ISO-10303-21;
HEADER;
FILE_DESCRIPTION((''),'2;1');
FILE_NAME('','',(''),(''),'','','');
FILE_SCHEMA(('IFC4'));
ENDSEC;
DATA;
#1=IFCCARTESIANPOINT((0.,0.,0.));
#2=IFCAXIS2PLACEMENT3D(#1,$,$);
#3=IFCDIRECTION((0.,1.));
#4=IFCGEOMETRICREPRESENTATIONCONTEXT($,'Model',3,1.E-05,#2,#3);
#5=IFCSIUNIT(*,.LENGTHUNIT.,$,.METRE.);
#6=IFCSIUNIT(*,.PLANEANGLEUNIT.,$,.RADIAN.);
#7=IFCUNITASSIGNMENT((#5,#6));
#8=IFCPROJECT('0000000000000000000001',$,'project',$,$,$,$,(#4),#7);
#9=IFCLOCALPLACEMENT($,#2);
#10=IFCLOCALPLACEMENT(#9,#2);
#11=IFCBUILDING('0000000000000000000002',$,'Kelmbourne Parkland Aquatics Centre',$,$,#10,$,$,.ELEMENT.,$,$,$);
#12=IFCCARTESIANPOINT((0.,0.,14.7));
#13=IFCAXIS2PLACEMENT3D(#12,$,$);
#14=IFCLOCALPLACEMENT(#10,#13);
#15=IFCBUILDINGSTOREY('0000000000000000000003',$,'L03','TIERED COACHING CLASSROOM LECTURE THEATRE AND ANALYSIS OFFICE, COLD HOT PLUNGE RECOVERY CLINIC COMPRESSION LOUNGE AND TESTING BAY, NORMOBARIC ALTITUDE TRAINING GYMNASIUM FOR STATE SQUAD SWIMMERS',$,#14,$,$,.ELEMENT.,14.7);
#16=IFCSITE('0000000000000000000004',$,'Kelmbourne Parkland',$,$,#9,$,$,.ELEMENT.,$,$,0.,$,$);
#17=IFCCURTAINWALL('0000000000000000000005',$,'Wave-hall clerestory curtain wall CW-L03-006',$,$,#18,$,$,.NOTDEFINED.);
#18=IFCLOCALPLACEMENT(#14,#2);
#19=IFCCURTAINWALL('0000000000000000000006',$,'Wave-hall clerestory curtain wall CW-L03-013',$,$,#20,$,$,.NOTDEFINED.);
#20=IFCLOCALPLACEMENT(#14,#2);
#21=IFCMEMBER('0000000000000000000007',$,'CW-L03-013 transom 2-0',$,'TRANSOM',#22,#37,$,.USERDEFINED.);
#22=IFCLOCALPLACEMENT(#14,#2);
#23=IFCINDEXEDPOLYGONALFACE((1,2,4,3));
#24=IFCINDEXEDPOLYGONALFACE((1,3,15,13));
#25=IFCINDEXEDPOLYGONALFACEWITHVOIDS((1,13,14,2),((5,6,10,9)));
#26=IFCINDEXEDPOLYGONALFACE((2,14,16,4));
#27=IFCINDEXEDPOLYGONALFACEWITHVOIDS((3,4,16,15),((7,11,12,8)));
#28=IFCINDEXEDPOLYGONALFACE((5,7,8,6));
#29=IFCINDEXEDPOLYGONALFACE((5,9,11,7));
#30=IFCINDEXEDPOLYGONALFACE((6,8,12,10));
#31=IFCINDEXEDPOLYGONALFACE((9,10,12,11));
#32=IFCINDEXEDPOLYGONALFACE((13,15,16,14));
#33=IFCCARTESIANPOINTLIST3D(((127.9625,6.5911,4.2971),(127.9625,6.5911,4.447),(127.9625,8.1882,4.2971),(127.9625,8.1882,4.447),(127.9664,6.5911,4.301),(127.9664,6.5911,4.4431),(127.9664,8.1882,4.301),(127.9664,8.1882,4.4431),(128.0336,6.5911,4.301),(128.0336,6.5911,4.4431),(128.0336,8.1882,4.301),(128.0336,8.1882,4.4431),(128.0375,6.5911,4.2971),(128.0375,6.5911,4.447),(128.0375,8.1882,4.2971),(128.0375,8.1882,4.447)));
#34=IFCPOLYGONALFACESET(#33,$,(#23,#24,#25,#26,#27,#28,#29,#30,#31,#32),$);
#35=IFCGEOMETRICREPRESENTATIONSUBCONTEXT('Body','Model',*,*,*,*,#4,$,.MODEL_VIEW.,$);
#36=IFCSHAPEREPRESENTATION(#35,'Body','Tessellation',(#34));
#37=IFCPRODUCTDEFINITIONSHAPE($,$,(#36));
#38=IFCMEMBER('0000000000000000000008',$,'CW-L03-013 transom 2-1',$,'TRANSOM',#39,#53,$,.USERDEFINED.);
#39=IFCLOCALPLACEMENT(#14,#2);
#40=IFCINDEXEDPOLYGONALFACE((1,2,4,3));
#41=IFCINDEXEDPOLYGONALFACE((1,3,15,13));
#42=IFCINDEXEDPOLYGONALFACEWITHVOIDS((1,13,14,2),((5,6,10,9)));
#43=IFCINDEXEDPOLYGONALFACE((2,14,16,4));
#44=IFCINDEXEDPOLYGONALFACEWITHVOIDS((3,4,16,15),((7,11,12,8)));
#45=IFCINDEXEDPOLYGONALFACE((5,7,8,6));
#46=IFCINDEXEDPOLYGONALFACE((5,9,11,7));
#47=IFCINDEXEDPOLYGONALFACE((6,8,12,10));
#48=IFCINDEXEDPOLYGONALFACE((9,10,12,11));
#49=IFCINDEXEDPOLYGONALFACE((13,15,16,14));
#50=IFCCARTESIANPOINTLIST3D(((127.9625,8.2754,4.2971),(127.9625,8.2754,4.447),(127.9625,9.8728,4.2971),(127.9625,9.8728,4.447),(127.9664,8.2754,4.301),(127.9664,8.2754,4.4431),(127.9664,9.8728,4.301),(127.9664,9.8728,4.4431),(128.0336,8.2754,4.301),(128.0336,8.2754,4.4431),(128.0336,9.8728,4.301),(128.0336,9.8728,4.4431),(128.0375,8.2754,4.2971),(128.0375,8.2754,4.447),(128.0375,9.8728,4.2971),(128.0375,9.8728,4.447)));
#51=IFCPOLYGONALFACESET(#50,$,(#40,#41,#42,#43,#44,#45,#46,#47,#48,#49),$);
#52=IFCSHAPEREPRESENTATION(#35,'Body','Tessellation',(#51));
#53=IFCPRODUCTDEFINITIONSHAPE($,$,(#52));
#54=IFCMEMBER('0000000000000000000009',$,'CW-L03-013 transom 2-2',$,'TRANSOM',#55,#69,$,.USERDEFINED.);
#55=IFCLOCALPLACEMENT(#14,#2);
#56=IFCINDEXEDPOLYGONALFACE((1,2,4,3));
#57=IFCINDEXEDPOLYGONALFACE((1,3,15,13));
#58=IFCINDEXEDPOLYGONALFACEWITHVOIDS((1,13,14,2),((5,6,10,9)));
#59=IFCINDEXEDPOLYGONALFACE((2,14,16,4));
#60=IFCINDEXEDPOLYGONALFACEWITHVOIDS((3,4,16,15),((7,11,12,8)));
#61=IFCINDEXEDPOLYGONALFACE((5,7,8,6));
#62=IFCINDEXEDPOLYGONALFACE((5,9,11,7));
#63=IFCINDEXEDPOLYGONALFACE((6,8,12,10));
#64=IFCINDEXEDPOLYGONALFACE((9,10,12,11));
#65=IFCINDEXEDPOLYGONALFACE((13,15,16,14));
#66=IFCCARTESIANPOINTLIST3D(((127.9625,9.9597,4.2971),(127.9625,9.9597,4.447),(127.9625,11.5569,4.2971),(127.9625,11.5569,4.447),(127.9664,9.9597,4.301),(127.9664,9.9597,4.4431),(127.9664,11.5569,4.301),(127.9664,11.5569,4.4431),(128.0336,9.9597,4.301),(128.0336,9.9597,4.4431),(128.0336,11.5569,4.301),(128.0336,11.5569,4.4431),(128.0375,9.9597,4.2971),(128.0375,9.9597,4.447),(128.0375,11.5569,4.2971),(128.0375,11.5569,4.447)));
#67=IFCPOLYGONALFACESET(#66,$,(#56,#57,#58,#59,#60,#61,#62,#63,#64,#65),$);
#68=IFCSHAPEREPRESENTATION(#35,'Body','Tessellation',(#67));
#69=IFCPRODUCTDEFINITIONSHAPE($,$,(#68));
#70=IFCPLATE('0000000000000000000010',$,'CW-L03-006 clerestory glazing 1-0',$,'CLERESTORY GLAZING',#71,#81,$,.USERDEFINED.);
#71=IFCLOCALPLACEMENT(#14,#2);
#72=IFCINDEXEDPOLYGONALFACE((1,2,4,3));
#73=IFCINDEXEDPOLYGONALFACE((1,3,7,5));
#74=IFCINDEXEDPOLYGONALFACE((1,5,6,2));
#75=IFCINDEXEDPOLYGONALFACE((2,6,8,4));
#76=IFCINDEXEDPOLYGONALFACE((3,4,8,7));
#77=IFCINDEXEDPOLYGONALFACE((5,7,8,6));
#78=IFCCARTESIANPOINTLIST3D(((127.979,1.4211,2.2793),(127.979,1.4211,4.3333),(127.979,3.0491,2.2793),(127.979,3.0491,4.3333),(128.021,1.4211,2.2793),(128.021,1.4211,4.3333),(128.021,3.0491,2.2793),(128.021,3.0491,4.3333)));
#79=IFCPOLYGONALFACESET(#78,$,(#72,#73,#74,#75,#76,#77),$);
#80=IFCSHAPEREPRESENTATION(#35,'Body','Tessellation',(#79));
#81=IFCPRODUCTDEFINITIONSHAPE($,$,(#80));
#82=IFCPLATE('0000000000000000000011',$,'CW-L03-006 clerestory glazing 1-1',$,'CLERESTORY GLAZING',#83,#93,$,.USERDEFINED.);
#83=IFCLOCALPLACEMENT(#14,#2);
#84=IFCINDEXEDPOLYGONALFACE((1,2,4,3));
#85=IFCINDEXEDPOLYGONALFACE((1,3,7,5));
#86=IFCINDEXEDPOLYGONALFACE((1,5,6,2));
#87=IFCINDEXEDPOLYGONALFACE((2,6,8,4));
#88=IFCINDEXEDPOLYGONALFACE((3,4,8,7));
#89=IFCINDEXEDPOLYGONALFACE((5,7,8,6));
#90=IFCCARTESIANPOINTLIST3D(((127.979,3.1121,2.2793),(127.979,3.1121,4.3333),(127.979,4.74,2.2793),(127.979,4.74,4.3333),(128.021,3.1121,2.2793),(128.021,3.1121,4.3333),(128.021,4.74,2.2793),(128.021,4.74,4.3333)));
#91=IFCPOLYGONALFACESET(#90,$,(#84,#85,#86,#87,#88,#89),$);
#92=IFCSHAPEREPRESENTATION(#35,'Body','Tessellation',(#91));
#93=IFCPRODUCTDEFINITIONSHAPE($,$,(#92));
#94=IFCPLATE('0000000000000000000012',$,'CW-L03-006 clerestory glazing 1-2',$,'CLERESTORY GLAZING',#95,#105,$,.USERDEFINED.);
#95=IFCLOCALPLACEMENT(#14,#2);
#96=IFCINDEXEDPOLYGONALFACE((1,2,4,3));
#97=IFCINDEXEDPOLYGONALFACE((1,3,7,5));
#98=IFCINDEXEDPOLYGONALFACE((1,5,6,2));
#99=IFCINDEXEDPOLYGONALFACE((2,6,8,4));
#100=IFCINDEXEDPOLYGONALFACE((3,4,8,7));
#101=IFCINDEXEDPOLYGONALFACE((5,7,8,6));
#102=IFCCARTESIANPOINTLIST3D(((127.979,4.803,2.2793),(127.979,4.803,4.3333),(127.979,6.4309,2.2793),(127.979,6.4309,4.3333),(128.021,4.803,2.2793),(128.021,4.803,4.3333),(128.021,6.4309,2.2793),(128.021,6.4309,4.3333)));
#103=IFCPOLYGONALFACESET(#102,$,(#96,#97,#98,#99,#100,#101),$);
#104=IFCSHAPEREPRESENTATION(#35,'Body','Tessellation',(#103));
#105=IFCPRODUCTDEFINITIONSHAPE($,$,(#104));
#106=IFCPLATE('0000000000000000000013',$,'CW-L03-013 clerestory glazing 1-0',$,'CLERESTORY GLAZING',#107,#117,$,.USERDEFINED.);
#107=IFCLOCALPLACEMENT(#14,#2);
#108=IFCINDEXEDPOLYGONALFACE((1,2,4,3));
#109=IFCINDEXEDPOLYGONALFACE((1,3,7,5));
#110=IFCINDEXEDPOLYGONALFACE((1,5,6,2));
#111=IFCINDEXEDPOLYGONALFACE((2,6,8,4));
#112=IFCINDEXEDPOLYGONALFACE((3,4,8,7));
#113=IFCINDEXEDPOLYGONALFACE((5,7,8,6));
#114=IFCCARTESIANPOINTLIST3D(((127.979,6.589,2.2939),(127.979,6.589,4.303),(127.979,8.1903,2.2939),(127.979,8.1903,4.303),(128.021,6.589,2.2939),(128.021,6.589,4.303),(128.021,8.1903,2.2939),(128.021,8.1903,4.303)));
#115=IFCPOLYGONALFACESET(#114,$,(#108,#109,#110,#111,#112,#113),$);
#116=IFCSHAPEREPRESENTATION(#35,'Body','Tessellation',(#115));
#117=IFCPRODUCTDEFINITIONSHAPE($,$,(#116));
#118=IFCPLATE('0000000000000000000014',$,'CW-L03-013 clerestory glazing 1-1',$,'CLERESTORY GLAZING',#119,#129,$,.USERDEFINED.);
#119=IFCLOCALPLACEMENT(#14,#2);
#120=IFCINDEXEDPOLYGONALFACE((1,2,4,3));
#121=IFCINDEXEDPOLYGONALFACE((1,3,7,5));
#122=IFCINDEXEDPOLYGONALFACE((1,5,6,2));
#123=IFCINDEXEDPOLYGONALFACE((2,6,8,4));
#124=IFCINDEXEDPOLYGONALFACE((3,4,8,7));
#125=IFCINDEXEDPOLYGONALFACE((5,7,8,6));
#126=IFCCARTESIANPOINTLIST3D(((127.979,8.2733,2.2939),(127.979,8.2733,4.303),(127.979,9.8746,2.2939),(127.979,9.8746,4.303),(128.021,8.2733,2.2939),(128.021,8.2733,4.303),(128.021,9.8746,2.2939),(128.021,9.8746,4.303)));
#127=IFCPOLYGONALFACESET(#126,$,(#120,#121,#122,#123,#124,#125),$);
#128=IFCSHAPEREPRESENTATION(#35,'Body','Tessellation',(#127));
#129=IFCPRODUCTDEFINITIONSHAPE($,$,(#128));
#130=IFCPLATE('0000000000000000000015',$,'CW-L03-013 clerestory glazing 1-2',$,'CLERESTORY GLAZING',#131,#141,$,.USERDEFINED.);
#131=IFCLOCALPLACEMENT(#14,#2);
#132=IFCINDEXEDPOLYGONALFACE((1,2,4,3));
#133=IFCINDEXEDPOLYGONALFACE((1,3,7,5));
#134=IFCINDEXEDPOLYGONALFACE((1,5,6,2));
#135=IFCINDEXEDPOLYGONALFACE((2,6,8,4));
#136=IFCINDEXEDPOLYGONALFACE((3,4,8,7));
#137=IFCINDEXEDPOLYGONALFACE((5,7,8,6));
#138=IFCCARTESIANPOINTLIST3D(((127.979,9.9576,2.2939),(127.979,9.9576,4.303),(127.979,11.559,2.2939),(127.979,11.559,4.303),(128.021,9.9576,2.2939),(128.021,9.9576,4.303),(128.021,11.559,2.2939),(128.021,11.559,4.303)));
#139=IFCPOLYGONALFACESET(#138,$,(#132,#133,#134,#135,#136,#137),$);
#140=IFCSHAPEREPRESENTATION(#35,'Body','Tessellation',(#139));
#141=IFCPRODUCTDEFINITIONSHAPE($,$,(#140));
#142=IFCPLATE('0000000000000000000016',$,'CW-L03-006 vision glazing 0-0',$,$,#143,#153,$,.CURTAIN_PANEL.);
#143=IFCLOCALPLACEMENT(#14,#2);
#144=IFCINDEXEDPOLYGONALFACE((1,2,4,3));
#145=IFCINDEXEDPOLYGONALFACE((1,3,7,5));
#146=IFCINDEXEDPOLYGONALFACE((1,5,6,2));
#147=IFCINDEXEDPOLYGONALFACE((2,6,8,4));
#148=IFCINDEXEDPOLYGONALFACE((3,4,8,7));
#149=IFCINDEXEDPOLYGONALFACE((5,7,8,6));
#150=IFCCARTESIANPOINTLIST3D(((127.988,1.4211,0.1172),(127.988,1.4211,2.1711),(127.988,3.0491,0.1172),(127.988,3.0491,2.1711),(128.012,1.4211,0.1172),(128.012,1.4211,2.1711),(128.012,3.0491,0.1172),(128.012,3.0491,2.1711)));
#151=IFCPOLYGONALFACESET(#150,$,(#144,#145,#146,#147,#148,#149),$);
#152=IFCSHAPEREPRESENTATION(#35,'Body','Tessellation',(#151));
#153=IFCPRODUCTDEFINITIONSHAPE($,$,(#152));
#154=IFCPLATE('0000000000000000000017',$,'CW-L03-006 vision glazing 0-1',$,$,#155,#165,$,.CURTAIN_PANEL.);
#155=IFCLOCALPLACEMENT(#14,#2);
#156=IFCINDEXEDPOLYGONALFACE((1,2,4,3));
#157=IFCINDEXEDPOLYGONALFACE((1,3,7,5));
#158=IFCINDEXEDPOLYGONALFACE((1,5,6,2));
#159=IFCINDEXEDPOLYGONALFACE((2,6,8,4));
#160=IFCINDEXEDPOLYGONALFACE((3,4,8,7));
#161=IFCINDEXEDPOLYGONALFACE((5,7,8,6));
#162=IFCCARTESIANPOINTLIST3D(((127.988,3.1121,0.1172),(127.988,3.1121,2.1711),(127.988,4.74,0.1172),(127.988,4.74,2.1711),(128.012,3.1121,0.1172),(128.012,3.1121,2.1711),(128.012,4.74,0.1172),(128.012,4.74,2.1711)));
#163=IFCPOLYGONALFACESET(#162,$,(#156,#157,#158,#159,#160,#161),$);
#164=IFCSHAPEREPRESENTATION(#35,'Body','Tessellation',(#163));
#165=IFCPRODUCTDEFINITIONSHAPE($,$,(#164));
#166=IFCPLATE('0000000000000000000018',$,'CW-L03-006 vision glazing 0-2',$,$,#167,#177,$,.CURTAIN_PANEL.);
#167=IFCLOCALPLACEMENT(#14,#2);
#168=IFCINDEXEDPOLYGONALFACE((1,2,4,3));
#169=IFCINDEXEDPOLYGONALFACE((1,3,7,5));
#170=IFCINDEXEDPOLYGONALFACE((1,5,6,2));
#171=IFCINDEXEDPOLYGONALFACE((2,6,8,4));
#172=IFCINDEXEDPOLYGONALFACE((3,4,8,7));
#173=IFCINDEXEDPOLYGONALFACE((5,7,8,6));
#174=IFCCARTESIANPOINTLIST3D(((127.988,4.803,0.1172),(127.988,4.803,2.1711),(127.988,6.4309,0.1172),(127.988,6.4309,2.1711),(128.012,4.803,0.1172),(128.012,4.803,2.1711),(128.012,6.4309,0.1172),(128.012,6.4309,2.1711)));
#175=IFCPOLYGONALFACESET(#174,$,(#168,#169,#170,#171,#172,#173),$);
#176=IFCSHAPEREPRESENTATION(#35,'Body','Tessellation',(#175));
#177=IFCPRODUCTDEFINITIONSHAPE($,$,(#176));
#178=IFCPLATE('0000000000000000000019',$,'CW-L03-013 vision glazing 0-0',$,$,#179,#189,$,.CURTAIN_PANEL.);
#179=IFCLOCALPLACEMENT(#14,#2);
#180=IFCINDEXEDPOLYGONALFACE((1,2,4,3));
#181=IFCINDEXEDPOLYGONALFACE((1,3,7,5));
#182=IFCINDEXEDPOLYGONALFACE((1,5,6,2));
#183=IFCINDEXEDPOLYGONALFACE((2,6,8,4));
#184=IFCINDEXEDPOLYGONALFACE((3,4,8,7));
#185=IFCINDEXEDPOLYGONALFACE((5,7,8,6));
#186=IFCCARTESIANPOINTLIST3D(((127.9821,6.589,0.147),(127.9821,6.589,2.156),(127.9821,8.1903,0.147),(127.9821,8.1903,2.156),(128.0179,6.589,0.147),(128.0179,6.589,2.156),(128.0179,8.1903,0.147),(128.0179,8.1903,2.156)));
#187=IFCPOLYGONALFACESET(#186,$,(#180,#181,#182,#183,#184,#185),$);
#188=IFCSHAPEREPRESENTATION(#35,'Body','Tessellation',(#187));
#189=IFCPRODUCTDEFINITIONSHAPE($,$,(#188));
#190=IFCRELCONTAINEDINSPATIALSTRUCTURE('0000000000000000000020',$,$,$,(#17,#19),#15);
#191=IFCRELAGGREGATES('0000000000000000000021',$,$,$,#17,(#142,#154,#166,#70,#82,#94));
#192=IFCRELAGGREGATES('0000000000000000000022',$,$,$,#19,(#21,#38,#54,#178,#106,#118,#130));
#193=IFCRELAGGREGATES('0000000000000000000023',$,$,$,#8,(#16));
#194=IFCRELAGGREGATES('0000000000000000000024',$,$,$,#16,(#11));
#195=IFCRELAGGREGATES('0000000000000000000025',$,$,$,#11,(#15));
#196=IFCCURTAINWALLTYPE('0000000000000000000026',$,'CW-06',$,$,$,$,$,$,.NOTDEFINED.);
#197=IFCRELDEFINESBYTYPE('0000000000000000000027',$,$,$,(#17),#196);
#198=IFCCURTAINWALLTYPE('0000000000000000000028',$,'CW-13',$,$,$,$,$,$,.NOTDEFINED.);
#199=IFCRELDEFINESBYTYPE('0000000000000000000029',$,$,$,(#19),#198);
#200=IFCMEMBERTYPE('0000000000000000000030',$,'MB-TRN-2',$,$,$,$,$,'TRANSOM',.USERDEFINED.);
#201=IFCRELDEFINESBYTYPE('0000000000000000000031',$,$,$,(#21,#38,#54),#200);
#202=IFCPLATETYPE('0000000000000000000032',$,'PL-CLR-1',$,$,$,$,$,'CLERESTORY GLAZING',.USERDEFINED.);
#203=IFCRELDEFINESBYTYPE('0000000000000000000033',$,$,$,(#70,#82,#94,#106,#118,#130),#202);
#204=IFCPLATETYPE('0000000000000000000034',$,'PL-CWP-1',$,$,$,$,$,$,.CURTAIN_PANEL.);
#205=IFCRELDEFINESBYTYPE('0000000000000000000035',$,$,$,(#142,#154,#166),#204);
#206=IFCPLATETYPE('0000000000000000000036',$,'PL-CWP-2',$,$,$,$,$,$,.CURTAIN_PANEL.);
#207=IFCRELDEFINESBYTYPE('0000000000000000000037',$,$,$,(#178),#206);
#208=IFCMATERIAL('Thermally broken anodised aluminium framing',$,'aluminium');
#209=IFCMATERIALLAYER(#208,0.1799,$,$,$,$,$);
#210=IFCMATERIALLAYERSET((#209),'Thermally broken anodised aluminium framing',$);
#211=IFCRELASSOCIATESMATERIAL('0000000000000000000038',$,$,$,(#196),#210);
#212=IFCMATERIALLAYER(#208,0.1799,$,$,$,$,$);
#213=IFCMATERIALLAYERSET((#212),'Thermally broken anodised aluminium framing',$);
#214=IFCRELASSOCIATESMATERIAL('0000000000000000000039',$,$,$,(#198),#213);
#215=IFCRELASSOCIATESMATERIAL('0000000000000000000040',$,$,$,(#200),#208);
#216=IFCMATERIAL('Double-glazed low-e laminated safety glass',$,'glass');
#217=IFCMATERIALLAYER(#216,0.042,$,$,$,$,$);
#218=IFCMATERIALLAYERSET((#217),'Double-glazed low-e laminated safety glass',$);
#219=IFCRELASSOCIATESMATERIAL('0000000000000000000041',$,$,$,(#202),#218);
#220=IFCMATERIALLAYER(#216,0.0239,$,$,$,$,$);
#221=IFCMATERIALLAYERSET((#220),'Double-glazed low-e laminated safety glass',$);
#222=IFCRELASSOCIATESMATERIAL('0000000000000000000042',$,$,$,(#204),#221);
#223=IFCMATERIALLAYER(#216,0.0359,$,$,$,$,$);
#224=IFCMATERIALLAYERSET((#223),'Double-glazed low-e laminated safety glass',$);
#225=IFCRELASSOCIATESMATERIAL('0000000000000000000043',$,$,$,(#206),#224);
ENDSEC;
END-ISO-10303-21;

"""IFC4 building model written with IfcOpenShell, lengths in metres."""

from ifc_helpers import new_model, si_unit, direction, frame, origin, origin_2d, place, context, subcontext, project, spatial, rectangle, hollow_rectangle, extrude, material, layer, layer_set, material_profile, profile_set, type_object, element, aggregate, save


model = new_model("IFC4")

# Units and contexts
model_context = context("Model", 3, precision=1e-05, world=origin(), true_north=direction((0.0, 1.0)))
body_context = subcontext(model_context, "Body", "Model", "MODEL_VIEW")
ifc_project = project(units=[si_unit("LENGTHUNIT", "METRE"), si_unit("PLANEANGLEUNIT", "RADIAN")], contexts=[model_context])

# Site, building, storey
site_placement = place(None, origin())
site = spatial("IfcSite", under=ifc_project, at=site_placement, Name="Kelmbourne Parkland", CompositionType="ELEMENT", RefElevation=0.0)
building_placement = place(site_placement, origin())
building = spatial("IfcBuilding", under=site, at=building_placement, Name="Kelmbourne Parkland Aquatics Centre", CompositionType="ELEMENT")
storey_placement = place(building_placement, frame((0.0, 0.0, 14.7)))
storey = spatial("IfcBuildingStorey", under=building, at=storey_placement, Name="L03", Description="TIERED COACHING CLASSROOM LECTURE THEATRE AND ANALYSIS OFFICE, COLD HOT PLUNGE RECOVERY CLINIC COMPRESSION LOUNGE AND TESTING BAY, NORMOBARIC ALTITUDE TRAINING GYMNASIUM FOR STATE SQUAD SWIMMERS", CompositionType="ELEMENT", Elevation=14.7)

# Curtain wall
ifc_material_1 = material(Name="Thermally broken anodised aluminium framing", Category="aluminium")
ifc_layer_1 = layer(ifc_material_1, 0.1799)
ifc_layer_set_1 = layer_set([ifc_layer_1], Name="Thermally broken anodised aluminium framing")
curtain_wall_type_1 = type_object("IfcCurtainWallType", Name="CW-06", PredefinedType="NOTDEFINED", material=ifc_layer_set_1)
curtain_wall_1_placement = place(storey_placement, origin())
curtain_wall_1 = element("IfcCurtainWall", 1, at=curtain_wall_1_placement, inside=storey, type_object=curtain_wall_type_1, Name="Wave-hall clerestory curtain wall CW-L03-006", PredefinedType="NOTDEFINED")

# Curtain wall
ifc_layer_2 = layer(ifc_material_1, 0.1799)
ifc_layer_set_2 = layer_set([ifc_layer_2], Name="Thermally broken anodised aluminium framing")
curtain_wall_type_2 = type_object("IfcCurtainWallType", Name="CW-13", PredefinedType="NOTDEFINED", material=ifc_layer_set_2)
curtain_wall_2_placement = place(storey_placement, origin())
curtain_wall_2 = element("IfcCurtainWall", 2, at=curtain_wall_2_placement, inside=storey, type_object=curtain_wall_type_2, Name="Wave-hall clerestory curtain wall CW-L03-013", PredefinedType="NOTDEFINED")

# Members
ifc_material_profile_1 = material_profile(ifc_material_1, hollow_rectangle(XDim=0.075, YDim=0.1499, WallThickness=0.0039, at=origin_2d()), Name="CW-T 75x150")
ifc_profile_set_1 = profile_set([ifc_material_profile_1], Name="Thermally broken anodised aluminium framing")
member_type_1 = type_object("IfcMemberType", Name="MB-TRN-2", ElementType="TRANSOM", PredefinedType="USERDEFINED", material=ifc_profile_set_1)
member_1_placement = place(storey_placement, frame((128.0, 6.5911, 4.3721), z_axis=(0.0, 1.0, 0.0), x_axis=(-1.0, 0.0, 0.0)))
member_1 = element("IfcMember", 3, at=member_1_placement, type_object=member_type_1, Name="CW-L03-013 transom 2-0", ObjectType="TRANSOM", PredefinedType="USERDEFINED", context=body_context, shape_type="SweptSolid", body=[
    extrude(hollow_rectangle(XDim=0.075, YDim=0.1499, WallThickness=0.0039, at=origin_2d()), origin(), (0.0, 0.0, 1.0), 1.5972),
])
member_2_placement = place(storey_placement, frame((128.0, 8.2754, 4.3721), z_axis=(0.0, 1.0, 0.0), x_axis=(-1.0, 0.0, 0.0)))
member_2 = element("IfcMember", 4, at=member_2_placement, type_object=member_type_1, Name="CW-L03-013 transom 2-1", ObjectType="TRANSOM", PredefinedType="USERDEFINED", context=body_context, shape_type="SweptSolid", body=[
    extrude(hollow_rectangle(XDim=0.075, YDim=0.1499, WallThickness=0.0039, at=origin_2d()), origin(), (0.0, 0.0, 1.0), 1.5974),
])
member_3_placement = place(storey_placement, frame((128.0, 9.9597, 4.3721), z_axis=(0.0, 1.0, 0.0), x_axis=(-1.0, 0.0, 0.0)))
member_3 = element("IfcMember", 5, at=member_3_placement, type_object=member_type_1, Name="CW-L03-013 transom 2-2", ObjectType="TRANSOM", PredefinedType="USERDEFINED", context=body_context, shape_type="SweptSolid", body=[
    extrude(hollow_rectangle(XDim=0.075, YDim=0.1499, WallThickness=0.0039, at=origin_2d()), origin(), (0.0, 0.0, 1.0), 1.5972),
])

# Plates
ifc_material_2 = material(Name="Double-glazed low-e laminated safety glass", Category="glass")
ifc_layer_3 = layer(ifc_material_2, 0.042)
ifc_layer_set_3 = layer_set([ifc_layer_3], Name="Double-glazed low-e laminated safety glass")
plate_type_1 = type_object("IfcPlateType", Name="PL-CLR-1", ElementType="CLERESTORY GLAZING", PredefinedType="USERDEFINED", material=ifc_layer_set_3)
plate_1_placement = place(storey_placement, frame((128.0, 2.2351, 2.2793), z_axis=(0.0, 0.0, 1.0), x_axis=(0.0, 1.0, 0.0)))
plate_1 = element("IfcPlate", 6, at=plate_1_placement, type_object=plate_type_1, Name="CW-L03-006 clerestory glazing 1-0", ObjectType="CLERESTORY GLAZING", PredefinedType="USERDEFINED", context=body_context, shape_type="SweptSolid", body=[
    extrude(rectangle(XDim=1.6279, YDim=0.042, at=origin_2d()), origin(), (0.0, 0.0, 1.0), 2.054),
])
plate_2_placement = place(storey_placement, frame((128.0, 3.926, 2.2793), z_axis=(0.0, 0.0, 1.0), x_axis=(0.0, 1.0, 0.0)))
plate_2 = element("IfcPlate", 7, at=plate_2_placement, type_object=plate_type_1, Name="CW-L03-006 clerestory glazing 1-1", ObjectType="CLERESTORY GLAZING", PredefinedType="USERDEFINED", context=body_context, shape_type="SweptSolid", body=[
    extrude(rectangle(XDim=1.6279, YDim=0.042, at=origin_2d()), origin(), (0.0, 0.0, 1.0), 2.054),
])
plate_3_placement = place(storey_placement, frame((128.0, 5.6169, 2.2793), z_axis=(0.0, 0.0, 1.0), x_axis=(0.0, 1.0, 0.0)))
plate_3 = element("IfcPlate", 8, at=plate_3_placement, type_object=plate_type_1, Name="CW-L03-006 clerestory glazing 1-2", ObjectType="CLERESTORY GLAZING", PredefinedType="USERDEFINED", context=body_context, shape_type="SweptSolid", body=[
    extrude(rectangle(XDim=1.6279, YDim=0.042, at=origin_2d()), origin(), (0.0, 0.0, 1.0), 2.054),
])
plate_4_placement = place(storey_placement, frame((128.0, 7.3896, 2.2939), z_axis=(0.0, 0.0, 1.0), x_axis=(0.0, 1.0, 0.0)))
plate_4 = element("IfcPlate", 9, at=plate_4_placement, type_object=plate_type_1, Name="CW-L03-013 clerestory glazing 1-0", ObjectType="CLERESTORY GLAZING", PredefinedType="USERDEFINED", context=body_context, shape_type="SweptSolid", body=[
    extrude(rectangle(XDim=1.6013, YDim=0.042, at=origin_2d()), origin(), (0.0, 0.0, 1.0), 2.009),
])
plate_5_placement = place(storey_placement, frame((128.0, 9.074, 2.2939), z_axis=(0.0, 0.0, 1.0), x_axis=(0.0, 1.0, 0.0)))
plate_5 = element("IfcPlate", 10, at=plate_5_placement, type_object=plate_type_1, Name="CW-L03-013 clerestory glazing 1-1", ObjectType="CLERESTORY GLAZING", PredefinedType="USERDEFINED", context=body_context, shape_type="SweptSolid", body=[
    extrude(rectangle(XDim=1.6013, YDim=0.042, at=origin_2d()), origin(), (0.0, 0.0, 1.0), 2.009),
])
plate_6_placement = place(storey_placement, frame((128.0, 10.7583, 2.2939), z_axis=(0.0, 0.0, 1.0), x_axis=(0.0, 1.0, 0.0)))
plate_6 = element("IfcPlate", 11, at=plate_6_placement, type_object=plate_type_1, Name="CW-L03-013 clerestory glazing 1-2", ObjectType="CLERESTORY GLAZING", PredefinedType="USERDEFINED", context=body_context, shape_type="SweptSolid", body=[
    extrude(rectangle(XDim=1.6013, YDim=0.042, at=origin_2d()), origin(), (0.0, 0.0, 1.0), 2.009),
])
ifc_layer_4 = layer(ifc_material_2, 0.0239)
ifc_layer_set_4 = layer_set([ifc_layer_4], Name="Double-glazed low-e laminated safety glass")
plate_type_2 = type_object("IfcPlateType", Name="PL-CWP-1", PredefinedType="CURTAIN_PANEL", material=ifc_layer_set_4)
plate_7_placement = place(storey_placement, frame((128.0, 2.2351, 0.1172), z_axis=(0.0, 0.0, 1.0), x_axis=(0.0, 1.0, 0.0)))
plate_7 = element("IfcPlate", 12, at=plate_7_placement, type_object=plate_type_2, Name="CW-L03-006 vision glazing 0-0", PredefinedType="CURTAIN_PANEL", context=body_context, shape_type="SweptSolid", body=[
    extrude(rectangle(XDim=1.6279, YDim=0.0239, at=origin_2d()), origin(), (0.0, 0.0, 1.0), 2.054),
])
plate_8_placement = place(storey_placement, frame((128.0, 3.926, 0.1172), z_axis=(0.0, 0.0, 1.0), x_axis=(0.0, 1.0, 0.0)))
plate_8 = element("IfcPlate", 13, at=plate_8_placement, type_object=plate_type_2, Name="CW-L03-006 vision glazing 0-1", PredefinedType="CURTAIN_PANEL", context=body_context, shape_type="SweptSolid", body=[
    extrude(rectangle(XDim=1.6279, YDim=0.0239, at=origin_2d()), origin(), (0.0, 0.0, 1.0), 2.054),
])
plate_9_placement = place(storey_placement, frame((128.0, 5.6169, 0.1172), z_axis=(0.0, 0.0, 1.0), x_axis=(0.0, 1.0, 0.0)))
plate_9 = element("IfcPlate", 14, at=plate_9_placement, type_object=plate_type_2, Name="CW-L03-006 vision glazing 0-2", PredefinedType="CURTAIN_PANEL", context=body_context, shape_type="SweptSolid", body=[
    extrude(rectangle(XDim=1.6279, YDim=0.0239, at=origin_2d()), origin(), (0.0, 0.0, 1.0), 2.054),
])
aggregate(curtain_wall_1, [plate_7, plate_8, plate_9, plate_1, plate_2, plate_3])
ifc_layer_5 = layer(ifc_material_2, 0.0359)
ifc_layer_set_5 = layer_set([ifc_layer_5], Name="Double-glazed low-e laminated safety glass")
plate_type_3 = type_object("IfcPlateType", Name="PL-CWP-2", PredefinedType="CURTAIN_PANEL", material=ifc_layer_set_5)
plate_10_placement = place(storey_placement, frame((128.0, 7.3896, 0.147), z_axis=(0.0, 0.0, 1.0), x_axis=(0.0, 1.0, 0.0)))
plate_10 = element("IfcPlate", 15, at=plate_10_placement, type_object=plate_type_3, Name="CW-L03-013 vision glazing 0-0", PredefinedType="CURTAIN_PANEL", context=body_context, shape_type="SweptSolid", body=[
    extrude(rectangle(XDim=1.6013, YDim=0.0359, at=origin_2d()), origin(), (0.0, 0.0, 1.0), 2.009),
])
aggregate(curtain_wall_2, [member_1, member_2, member_3, plate_10, plate_4, plate_5, plate_6])

save(model, "model.ifc")
